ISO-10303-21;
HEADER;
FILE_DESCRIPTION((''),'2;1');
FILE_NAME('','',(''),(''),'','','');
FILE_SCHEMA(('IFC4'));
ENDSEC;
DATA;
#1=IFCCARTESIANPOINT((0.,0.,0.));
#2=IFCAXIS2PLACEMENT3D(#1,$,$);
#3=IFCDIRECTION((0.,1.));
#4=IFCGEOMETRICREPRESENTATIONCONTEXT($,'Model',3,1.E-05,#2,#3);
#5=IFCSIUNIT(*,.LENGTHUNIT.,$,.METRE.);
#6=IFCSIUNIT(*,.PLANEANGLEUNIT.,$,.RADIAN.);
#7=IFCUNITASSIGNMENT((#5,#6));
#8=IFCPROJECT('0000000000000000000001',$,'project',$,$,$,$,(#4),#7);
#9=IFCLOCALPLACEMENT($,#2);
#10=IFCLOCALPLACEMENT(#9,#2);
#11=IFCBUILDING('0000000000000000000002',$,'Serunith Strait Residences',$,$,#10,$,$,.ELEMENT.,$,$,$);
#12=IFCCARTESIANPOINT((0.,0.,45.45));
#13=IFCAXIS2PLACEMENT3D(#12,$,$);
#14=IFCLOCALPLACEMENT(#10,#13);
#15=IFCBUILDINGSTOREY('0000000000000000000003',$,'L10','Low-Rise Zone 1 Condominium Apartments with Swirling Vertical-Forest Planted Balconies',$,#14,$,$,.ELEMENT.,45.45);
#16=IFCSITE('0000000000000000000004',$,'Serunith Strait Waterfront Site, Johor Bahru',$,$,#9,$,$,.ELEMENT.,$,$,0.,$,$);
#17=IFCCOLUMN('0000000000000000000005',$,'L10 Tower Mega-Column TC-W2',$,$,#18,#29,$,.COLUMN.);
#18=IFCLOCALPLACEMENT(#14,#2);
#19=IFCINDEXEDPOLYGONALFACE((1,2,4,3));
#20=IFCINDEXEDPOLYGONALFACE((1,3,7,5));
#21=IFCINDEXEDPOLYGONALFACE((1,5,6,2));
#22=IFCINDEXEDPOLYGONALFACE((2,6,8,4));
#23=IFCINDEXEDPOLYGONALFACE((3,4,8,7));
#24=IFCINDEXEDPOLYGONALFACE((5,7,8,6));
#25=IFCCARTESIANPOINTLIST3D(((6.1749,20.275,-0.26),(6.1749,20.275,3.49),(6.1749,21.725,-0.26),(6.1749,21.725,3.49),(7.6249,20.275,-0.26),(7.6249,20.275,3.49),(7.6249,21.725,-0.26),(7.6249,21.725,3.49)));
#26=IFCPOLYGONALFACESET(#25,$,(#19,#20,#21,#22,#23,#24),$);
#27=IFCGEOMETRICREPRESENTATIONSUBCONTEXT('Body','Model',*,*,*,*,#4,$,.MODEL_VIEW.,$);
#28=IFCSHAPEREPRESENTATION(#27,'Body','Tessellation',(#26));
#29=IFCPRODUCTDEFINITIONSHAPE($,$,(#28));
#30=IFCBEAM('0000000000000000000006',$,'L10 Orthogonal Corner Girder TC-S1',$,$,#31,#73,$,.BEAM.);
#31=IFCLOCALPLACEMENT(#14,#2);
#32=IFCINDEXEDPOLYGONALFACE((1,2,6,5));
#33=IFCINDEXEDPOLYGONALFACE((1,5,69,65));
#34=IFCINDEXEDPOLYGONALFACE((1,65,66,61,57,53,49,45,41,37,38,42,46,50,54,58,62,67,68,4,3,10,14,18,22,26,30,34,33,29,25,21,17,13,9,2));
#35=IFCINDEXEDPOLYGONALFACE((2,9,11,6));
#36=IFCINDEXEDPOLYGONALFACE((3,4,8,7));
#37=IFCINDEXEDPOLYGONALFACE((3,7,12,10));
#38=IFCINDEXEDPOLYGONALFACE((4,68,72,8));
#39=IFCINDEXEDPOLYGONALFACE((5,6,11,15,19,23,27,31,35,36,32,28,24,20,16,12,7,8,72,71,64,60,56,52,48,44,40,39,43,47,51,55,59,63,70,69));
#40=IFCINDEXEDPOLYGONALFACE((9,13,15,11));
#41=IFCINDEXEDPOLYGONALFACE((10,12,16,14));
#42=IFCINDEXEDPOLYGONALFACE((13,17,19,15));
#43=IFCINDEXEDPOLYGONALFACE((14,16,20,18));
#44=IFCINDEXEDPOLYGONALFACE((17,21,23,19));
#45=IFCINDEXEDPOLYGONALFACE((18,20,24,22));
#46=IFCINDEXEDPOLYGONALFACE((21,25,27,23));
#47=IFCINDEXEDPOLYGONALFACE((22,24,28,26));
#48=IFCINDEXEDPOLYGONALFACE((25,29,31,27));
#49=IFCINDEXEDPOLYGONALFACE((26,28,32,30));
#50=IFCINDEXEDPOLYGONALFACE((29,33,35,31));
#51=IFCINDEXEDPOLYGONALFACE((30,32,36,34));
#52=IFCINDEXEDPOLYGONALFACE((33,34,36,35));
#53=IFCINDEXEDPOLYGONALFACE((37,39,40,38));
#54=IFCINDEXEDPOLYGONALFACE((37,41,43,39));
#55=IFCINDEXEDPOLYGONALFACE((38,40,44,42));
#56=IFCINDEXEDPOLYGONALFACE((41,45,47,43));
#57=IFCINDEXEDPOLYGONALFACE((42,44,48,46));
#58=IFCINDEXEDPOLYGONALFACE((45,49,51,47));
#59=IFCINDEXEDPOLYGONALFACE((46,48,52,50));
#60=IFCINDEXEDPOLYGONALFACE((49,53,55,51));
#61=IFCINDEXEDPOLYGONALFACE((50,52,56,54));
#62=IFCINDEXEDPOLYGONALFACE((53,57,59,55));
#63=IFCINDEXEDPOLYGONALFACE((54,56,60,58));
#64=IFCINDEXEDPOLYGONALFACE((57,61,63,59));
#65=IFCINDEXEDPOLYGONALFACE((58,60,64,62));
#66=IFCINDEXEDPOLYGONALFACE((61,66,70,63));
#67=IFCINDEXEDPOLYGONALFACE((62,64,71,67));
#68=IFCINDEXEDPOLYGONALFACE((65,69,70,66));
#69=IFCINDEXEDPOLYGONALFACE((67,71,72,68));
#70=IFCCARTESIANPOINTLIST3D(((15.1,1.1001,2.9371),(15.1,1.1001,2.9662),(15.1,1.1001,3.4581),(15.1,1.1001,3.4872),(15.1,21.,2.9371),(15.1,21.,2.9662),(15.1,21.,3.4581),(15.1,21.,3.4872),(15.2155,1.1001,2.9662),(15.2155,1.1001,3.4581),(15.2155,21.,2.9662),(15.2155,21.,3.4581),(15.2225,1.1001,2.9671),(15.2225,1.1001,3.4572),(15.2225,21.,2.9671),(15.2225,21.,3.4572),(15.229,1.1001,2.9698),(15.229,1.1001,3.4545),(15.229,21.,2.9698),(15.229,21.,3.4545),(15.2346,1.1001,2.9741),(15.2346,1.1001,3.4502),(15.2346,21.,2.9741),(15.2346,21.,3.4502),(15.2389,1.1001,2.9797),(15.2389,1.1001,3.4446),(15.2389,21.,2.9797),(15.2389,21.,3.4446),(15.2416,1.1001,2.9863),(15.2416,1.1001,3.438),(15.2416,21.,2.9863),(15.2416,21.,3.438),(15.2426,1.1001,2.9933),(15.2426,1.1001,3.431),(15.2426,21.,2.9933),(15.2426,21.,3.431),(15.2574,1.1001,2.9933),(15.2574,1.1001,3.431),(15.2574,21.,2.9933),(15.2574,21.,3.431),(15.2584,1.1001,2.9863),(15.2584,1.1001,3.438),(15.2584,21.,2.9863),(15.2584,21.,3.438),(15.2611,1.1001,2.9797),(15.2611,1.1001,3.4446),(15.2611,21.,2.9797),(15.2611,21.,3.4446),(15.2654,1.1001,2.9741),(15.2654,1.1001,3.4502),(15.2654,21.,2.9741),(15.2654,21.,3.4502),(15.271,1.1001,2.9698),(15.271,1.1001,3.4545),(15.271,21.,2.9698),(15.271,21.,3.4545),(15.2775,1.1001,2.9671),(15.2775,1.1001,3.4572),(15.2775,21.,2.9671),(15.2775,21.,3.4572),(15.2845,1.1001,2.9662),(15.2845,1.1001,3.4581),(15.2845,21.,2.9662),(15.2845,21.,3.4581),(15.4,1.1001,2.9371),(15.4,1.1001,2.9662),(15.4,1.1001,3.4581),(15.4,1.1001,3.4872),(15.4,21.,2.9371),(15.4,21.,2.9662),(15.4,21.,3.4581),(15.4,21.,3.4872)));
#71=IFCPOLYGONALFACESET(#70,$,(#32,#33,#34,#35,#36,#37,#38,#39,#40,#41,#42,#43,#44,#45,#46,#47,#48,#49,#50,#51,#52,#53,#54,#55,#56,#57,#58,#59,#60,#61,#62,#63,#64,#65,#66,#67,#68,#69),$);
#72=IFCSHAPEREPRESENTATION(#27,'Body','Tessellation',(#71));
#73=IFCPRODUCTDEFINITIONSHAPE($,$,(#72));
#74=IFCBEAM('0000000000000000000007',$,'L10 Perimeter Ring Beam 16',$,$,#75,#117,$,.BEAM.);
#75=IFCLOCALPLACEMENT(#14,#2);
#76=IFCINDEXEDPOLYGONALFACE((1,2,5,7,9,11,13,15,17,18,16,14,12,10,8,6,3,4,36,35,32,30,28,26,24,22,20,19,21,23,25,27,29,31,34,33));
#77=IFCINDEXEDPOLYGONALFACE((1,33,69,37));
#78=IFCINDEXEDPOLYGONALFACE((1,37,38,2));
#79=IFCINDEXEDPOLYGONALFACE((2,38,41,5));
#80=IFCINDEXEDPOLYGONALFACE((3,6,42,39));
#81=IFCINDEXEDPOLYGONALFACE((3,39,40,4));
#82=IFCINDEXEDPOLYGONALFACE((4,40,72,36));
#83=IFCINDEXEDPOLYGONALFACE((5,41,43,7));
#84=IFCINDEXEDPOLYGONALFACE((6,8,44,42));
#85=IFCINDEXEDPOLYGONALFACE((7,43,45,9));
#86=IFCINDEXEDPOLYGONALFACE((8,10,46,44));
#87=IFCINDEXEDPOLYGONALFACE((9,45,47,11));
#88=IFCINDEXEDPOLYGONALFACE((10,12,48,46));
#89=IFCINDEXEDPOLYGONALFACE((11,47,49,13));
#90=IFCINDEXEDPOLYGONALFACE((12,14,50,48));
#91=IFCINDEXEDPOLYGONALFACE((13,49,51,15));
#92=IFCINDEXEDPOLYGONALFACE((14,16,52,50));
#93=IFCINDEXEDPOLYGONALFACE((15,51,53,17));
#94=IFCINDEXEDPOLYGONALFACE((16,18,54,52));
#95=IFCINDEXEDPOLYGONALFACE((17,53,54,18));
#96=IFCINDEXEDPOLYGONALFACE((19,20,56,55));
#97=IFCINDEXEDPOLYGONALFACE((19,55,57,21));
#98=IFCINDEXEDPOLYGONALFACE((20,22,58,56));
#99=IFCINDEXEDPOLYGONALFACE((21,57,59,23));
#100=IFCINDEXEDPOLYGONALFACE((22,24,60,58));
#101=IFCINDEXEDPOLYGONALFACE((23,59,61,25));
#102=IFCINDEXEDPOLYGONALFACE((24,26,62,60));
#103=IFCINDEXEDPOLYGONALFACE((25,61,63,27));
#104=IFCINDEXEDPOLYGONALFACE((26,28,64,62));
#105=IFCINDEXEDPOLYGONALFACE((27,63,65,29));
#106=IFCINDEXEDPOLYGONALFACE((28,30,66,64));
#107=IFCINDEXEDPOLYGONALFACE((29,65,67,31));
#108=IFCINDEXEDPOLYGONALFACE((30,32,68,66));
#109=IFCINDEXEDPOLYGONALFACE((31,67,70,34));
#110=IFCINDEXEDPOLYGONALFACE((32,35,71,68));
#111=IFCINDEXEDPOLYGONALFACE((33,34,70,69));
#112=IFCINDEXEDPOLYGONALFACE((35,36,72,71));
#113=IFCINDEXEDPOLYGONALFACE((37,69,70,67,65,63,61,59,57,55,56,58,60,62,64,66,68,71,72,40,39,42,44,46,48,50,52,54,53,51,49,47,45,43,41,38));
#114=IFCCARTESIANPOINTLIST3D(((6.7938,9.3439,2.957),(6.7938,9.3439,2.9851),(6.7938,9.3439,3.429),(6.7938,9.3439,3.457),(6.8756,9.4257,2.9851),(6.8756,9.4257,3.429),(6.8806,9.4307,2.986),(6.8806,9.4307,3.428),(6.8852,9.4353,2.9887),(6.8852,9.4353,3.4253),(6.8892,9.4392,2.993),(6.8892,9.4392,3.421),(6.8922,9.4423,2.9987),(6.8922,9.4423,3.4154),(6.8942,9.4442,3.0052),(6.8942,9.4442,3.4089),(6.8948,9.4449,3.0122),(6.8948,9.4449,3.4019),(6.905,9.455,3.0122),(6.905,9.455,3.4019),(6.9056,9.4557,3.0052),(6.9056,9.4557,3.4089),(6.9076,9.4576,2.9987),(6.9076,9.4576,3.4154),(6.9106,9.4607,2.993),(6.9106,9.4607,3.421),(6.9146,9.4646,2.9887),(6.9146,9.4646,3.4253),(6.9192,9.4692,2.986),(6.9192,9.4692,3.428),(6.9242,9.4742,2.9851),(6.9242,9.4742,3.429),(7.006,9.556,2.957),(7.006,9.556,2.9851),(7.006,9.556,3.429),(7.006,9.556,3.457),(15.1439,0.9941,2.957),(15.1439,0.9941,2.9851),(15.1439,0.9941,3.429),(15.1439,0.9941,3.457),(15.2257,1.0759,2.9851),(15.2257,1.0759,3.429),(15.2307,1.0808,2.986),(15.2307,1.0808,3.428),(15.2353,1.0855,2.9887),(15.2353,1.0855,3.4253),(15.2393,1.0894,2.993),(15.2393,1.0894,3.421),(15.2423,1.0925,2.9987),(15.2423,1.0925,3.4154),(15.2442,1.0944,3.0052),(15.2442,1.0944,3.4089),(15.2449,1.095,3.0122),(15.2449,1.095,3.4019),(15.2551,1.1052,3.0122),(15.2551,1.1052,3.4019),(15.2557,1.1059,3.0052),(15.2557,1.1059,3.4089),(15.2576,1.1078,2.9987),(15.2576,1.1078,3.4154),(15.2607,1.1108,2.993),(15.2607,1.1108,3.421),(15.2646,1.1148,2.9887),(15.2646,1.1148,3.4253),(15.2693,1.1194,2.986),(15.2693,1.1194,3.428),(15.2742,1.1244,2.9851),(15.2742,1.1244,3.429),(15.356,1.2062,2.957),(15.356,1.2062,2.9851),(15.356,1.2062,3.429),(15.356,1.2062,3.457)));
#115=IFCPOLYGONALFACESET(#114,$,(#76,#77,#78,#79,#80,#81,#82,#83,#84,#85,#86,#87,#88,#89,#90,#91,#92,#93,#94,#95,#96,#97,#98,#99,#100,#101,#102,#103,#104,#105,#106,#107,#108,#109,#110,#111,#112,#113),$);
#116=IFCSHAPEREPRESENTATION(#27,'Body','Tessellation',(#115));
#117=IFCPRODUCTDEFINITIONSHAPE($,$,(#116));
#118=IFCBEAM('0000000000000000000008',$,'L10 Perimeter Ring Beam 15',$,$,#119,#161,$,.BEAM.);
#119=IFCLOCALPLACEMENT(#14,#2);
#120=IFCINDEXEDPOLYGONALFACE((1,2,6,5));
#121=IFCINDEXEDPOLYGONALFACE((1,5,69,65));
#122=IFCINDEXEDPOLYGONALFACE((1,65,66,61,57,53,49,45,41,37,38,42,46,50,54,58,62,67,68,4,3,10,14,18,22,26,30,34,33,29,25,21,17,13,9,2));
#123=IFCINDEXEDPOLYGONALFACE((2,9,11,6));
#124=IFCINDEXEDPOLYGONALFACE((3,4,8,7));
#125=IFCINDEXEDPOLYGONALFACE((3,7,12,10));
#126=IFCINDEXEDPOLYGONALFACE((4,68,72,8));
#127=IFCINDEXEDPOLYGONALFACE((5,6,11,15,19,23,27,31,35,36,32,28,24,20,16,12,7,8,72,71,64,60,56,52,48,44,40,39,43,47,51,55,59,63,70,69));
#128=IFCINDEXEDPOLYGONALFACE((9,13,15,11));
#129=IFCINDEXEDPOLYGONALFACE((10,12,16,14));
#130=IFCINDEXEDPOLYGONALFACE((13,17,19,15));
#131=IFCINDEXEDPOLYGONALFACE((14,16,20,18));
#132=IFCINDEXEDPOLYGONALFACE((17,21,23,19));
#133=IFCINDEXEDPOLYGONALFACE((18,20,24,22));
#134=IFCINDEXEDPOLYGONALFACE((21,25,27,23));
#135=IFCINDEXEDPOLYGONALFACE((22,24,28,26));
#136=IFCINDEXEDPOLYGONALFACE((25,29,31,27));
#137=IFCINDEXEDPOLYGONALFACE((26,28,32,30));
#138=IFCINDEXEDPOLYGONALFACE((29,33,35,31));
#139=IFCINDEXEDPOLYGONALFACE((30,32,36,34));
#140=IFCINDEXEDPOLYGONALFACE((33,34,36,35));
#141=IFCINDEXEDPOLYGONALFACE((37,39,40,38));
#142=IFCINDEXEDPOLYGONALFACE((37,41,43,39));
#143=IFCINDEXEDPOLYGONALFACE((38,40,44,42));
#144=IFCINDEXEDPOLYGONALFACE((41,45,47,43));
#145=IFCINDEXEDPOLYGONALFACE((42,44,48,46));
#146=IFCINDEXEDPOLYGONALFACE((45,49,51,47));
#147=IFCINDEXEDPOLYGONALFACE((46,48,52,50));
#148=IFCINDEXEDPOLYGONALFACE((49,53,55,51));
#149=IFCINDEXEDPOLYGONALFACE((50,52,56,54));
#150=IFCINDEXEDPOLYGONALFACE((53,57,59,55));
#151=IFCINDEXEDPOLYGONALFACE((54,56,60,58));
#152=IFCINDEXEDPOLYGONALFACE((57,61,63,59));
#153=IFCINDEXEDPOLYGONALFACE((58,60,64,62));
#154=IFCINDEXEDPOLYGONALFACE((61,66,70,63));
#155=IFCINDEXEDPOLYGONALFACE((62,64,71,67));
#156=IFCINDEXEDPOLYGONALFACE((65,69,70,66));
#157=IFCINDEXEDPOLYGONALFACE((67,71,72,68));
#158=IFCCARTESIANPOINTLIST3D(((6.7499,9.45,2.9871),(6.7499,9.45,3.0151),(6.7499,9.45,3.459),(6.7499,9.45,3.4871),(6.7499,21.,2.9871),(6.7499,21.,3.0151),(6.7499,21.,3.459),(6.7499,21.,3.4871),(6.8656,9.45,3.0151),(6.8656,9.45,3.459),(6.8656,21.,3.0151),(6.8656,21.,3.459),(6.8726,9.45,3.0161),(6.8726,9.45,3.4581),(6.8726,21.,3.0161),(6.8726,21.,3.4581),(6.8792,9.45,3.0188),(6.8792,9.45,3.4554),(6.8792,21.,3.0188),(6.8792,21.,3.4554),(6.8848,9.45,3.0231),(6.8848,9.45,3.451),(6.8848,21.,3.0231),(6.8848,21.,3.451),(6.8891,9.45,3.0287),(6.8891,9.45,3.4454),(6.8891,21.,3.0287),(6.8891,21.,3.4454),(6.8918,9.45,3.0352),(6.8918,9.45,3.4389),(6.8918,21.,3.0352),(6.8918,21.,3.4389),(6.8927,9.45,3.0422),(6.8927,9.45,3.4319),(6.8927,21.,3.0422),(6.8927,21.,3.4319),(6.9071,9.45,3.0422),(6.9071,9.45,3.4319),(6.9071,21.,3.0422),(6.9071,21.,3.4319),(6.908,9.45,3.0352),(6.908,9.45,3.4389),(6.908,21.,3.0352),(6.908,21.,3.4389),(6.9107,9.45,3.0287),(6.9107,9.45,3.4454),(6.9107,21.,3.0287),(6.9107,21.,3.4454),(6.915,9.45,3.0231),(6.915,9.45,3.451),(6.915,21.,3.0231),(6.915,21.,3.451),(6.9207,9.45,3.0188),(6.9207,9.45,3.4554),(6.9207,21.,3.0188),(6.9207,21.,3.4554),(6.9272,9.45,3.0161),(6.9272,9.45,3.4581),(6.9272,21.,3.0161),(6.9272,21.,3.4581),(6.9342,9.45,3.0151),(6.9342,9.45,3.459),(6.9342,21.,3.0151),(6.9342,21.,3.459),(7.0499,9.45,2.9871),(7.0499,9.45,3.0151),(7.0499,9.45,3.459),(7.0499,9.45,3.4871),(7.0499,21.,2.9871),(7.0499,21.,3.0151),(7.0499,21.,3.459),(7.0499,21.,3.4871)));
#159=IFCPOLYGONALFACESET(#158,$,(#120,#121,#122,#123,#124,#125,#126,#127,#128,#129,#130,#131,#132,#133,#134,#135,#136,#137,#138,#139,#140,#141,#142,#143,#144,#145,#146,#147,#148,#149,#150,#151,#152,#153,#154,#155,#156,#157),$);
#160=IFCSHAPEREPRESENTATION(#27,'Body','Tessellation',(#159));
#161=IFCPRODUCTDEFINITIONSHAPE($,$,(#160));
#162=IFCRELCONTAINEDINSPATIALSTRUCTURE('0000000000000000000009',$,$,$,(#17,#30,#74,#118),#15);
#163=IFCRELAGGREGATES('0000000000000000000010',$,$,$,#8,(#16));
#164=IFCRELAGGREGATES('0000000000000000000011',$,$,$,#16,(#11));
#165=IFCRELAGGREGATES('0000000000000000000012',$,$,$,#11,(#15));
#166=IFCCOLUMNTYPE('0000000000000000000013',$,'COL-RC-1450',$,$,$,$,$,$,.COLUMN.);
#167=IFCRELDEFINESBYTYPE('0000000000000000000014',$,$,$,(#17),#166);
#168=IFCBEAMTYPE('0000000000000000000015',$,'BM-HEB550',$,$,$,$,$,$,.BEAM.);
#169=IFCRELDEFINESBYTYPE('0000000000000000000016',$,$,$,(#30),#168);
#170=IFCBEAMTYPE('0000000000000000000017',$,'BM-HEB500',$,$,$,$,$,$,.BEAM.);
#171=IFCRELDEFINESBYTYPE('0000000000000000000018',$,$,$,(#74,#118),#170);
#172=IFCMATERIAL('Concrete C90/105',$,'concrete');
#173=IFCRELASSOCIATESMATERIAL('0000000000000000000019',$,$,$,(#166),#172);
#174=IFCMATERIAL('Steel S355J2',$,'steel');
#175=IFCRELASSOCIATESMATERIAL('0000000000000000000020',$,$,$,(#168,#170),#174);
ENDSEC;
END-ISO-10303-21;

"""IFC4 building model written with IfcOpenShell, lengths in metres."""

from ifc_helpers import new_model, si_unit, direction, frame, origin, origin_2d, place, context, subcontext, project, spatial, rectangle, i_section, extrude, source, transform, mapped, material, material_profile, profile_set, type_object, element, save


model = new_model("IFC4")

# Units and contexts
model_context = context("Model", 3, precision=1e-05, world=origin(), true_north=direction((0.0, 1.0)))
body_context = subcontext(model_context, "Body", "Model", "MODEL_VIEW")
ifc_project = project(units=[si_unit("LENGTHUNIT", "METRE"), si_unit("PLANEANGLEUNIT", "RADIAN")], contexts=[model_context])

# Site, building, storey
site_placement = place(None, origin())
site = spatial("IfcSite", under=ifc_project, at=site_placement, Name="Serunith Strait Waterfront Site, Johor Bahru", CompositionType="ELEMENT", RefElevation=0.0)
building_placement = place(site_placement, origin())
building = spatial("IfcBuilding", under=site, at=building_placement, Name="Serunith Strait Residences", CompositionType="ELEMENT")
storey_placement = place(building_placement, frame((0.0, 0.0, 45.45)))
storey = spatial("IfcBuildingStorey", under=building, at=storey_placement, Name="L10", Description="Low-Rise Zone 1 Condominium Apartments with Swirling Vertical-Forest Planted Balconies", CompositionType="ELEMENT", Elevation=45.45)

# Column
ifc_material_1 = material(Name="Concrete C90/105", Category="concrete")
ifc_material_profile_1 = material_profile(ifc_material_1, rectangle(XDim=1.45, YDim=1.45, at=origin_2d()), Name="RC 1450x1450")
ifc_profile_set_1 = profile_set([ifc_material_profile_1], Name="Concrete C90/105")
column_type = type_object("IfcColumnType", Name="COL-RC-1450", PredefinedType="COLUMN", material=ifc_profile_set_1)
shared_shape_1 = source(origin(), body_context, "Body", "SweptSolid", [
    extrude(rectangle(XDim=1.45, YDim=1.45, at=origin_2d()), origin(), (0.0, 0.0, 1.0), 3.75),
])
column_placement = place(storey_placement, frame((6.8999, 21.0, -0.26), z_axis=(0.0, 0.0, 1.0), x_axis=(1.0, 0.0, 0.0)))
element("IfcColumn", 1, at=column_placement, inside=storey, type_object=column_type, Name="L10 Tower Mega-Column TC-W2", PredefinedType="COLUMN", context=body_context, shape_type="MappedRepresentation", body=[
    mapped(shared_shape_1, transform((0.0, 0.0, 0.0), scale=1.0)),
])

# Beams
ifc_material_2 = material(Name="Steel S355J2", Category="steel")
ifc_material_profile_2 = material_profile(ifc_material_2, i_section(OverallWidth=0.3, OverallDepth=0.55, WebThickness=0.0149, FlangeThickness=0.0291, FilletRadius=0.0271, at=origin_2d()), Name="HEB 550")
ifc_profile_set_2 = profile_set([ifc_material_profile_2], Name="Steel S355J2")
beam_type_1 = type_object("IfcBeamType", Name="BM-HEB550", PredefinedType="BEAM", material=ifc_profile_set_2)
shared_shape_2 = source(origin(), body_context, "Body", "SweptSolid", [
    extrude(i_section(OverallWidth=0.3, OverallDepth=0.55, WebThickness=0.0149, FlangeThickness=0.0291, FilletRadius=0.0271, at=origin_2d()), origin(), (0.0, 0.0, 1.0), 19.8999),
])
beam_1_placement = place(storey_placement, frame((15.25, 21.0, 3.2122), z_axis=(0.0, -1.0, 0.0), x_axis=(1.0, 0.0, 0.0)))
element("IfcBeam", 2, at=beam_1_placement, inside=storey, type_object=beam_type_1, Name="L10 Orthogonal Corner Girder TC-S1", PredefinedType="BEAM", context=body_context, shape_type="MappedRepresentation", body=[
    mapped(shared_shape_2, transform((0.0, 0.0, 0.0), scale=1.0)),
])
ifc_material_profile_3 = material_profile(ifc_material_2, i_section(OverallWidth=0.3, OverallDepth=0.5, WebThickness=0.0144, FlangeThickness=0.0281, FilletRadius=0.0271, at=origin_2d()), Name="HEB 500")
ifc_profile_set_3 = profile_set([ifc_material_profile_3], Name="Steel S355J2")
beam_type_2 = type_object("IfcBeamType", Name="BM-HEB500", PredefinedType="BEAM", material=ifc_profile_set_3)
shared_shape_3 = source(origin(), body_context, "Body", "SweptSolid", [
    extrude(i_section(OverallWidth=0.3, OverallDepth=0.5, WebThickness=0.0144, FlangeThickness=0.0281, FilletRadius=0.0271, at=origin_2d()), origin(), (0.0, 0.0, 1.0), 11.8086),
])
beam_2_placement = place(storey_placement, frame((6.8999, 9.45, 3.207), z_axis=(0.707117, -0.707096, 0.0), x_axis=(0.707096, 0.707117, 0.0)))
element("IfcBeam", 3, at=beam_2_placement, inside=storey, type_object=beam_type_2, Name="L10 Perimeter Ring Beam 16", PredefinedType="BEAM", context=body_context, shape_type="MappedRepresentation", body=[
    mapped(shared_shape_3, transform((0.0, 0.0, 0.0), scale=1.0)),
])
shared_shape_4 = source(origin(), body_context, "Body", "SweptSolid", [
    extrude(i_section(OverallWidth=0.3, OverallDepth=0.5, WebThickness=0.0144, FlangeThickness=0.0281, FilletRadius=0.0271, at=origin_2d()), origin(), (0.0, 0.0, 1.0), 11.55),
])
beam_3_placement = place(storey_placement, frame((6.8999, 21.0, 3.2371), z_axis=(0.0, -1.0, 0.0), x_axis=(1.0, 0.0, 0.0)))
element("IfcBeam", 4, at=beam_3_placement, inside=storey, type_object=beam_type_2, Name="L10 Perimeter Ring Beam 15", PredefinedType="BEAM", context=body_context, shape_type="MappedRepresentation", body=[
    mapped(shared_shape_4, transform((0.0, 0.0, 0.0), scale=1.0)),
])

save(model, "model.ifc")
